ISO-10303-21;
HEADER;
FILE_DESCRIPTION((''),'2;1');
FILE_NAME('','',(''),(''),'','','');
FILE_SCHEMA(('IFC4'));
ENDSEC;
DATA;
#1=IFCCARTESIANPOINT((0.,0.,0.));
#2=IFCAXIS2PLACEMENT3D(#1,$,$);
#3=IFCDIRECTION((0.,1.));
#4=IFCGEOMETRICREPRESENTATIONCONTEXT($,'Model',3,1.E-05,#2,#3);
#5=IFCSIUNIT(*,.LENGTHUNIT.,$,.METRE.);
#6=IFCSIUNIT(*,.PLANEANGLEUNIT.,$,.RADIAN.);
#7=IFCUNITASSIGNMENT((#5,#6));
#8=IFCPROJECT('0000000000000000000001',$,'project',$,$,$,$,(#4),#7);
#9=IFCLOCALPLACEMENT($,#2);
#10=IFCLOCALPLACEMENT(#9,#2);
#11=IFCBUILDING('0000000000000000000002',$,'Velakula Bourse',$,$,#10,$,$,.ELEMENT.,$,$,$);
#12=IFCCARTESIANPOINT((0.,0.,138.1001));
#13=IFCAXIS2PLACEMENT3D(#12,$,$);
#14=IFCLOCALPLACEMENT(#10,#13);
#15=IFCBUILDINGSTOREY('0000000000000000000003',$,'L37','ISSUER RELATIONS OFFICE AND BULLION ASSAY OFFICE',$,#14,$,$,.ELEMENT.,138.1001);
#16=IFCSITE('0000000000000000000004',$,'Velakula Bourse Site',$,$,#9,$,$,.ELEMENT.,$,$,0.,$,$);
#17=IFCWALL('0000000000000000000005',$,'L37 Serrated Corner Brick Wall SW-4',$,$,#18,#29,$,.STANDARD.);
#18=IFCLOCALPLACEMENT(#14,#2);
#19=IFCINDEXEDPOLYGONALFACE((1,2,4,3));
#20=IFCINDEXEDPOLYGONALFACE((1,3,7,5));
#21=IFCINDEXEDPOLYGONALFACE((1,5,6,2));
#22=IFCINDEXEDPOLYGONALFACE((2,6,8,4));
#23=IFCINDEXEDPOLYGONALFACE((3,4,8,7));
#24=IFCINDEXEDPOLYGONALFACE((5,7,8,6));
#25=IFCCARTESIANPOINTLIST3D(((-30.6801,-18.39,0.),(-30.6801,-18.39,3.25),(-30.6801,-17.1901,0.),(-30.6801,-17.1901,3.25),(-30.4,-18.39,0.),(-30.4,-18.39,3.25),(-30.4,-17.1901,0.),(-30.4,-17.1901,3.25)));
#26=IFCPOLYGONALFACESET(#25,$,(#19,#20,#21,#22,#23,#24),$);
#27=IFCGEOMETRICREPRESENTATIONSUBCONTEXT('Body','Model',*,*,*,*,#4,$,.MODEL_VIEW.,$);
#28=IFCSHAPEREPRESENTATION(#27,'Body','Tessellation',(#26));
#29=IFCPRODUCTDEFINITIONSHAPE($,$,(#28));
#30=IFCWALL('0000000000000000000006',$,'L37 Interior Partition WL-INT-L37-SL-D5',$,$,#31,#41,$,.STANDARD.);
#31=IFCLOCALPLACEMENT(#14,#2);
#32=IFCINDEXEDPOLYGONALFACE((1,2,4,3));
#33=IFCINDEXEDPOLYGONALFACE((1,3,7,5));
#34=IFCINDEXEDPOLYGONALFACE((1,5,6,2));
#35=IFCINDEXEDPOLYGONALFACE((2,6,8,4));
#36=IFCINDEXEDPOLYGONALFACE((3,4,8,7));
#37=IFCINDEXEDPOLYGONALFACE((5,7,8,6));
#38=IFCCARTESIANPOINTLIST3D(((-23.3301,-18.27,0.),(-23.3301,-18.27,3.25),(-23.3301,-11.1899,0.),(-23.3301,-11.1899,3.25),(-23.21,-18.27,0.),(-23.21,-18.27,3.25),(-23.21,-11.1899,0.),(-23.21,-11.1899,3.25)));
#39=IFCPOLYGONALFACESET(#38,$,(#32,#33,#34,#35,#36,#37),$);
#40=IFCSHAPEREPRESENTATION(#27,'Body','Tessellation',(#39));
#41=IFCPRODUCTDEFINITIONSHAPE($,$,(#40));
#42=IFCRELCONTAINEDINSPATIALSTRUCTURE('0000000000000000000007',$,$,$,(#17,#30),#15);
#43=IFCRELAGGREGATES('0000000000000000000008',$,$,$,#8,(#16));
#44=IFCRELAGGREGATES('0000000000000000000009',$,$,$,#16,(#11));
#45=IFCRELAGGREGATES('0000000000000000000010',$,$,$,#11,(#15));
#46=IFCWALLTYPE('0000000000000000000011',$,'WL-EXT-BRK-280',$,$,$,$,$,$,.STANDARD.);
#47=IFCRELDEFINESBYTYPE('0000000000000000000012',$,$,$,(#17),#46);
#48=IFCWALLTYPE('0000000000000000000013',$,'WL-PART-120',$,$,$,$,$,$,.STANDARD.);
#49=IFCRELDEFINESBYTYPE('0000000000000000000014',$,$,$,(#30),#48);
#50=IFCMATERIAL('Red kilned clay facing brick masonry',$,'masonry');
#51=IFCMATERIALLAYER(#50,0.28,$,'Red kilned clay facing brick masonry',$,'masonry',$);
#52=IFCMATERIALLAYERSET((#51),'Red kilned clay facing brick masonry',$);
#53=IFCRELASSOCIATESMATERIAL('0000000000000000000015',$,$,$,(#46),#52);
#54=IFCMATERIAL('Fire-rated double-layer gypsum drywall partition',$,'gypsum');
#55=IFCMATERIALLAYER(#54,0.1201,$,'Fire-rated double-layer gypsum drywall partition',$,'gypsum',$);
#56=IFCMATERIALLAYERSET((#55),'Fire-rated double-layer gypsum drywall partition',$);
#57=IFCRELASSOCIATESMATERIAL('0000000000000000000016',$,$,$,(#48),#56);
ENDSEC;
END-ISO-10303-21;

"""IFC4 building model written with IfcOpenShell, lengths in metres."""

from ifc_helpers import new_model, si_unit, direction, frame, frame_2d, origin, place, context, subcontext, project, spatial, rectangle, extrude, material, layer, layer_set, type_object, element, save


model = new_model("IFC4")

# Units and contexts
model_context = context("Model", 3, precision=1e-05, world=origin(), true_north=direction((0.0, 1.0)))
body_context = subcontext(model_context, "Body", "Model", "MODEL_VIEW")
ifc_project = project(units=[si_unit("LENGTHUNIT", "METRE"), si_unit("PLANEANGLEUNIT", "RADIAN")], contexts=[model_context])

# Site, building, storey
site_placement = place(None, origin())
site = spatial("IfcSite", under=ifc_project, at=site_placement, Name="Velakula Bourse Site", CompositionType="ELEMENT", RefElevation=0.0)
building_placement = place(site_placement, origin())
building = spatial("IfcBuilding", under=site, at=building_placement, Name="Velakula Bourse", CompositionType="ELEMENT")
storey_placement = place(building_placement, frame((0.0, 0.0, 138.1001)))
storey = spatial("IfcBuildingStorey", under=building, at=storey_placement, Name="L37", Description="ISSUER RELATIONS OFFICE AND BULLION ASSAY OFFICE", CompositionType="ELEMENT", Elevation=138.1001)

# Shared definitions
ifc_material_1 = material(Name="Red kilned clay facing brick masonry", Category="masonry")
ifc_layer_1 = layer(ifc_material_1, 0.28, Name="Red kilned clay facing brick masonry", Category="masonry")
ifc_layer_set_1 = layer_set([ifc_layer_1], Name="Red kilned clay facing brick masonry")
wall_type_1 = type_object("IfcWallType", Name="WL-EXT-BRK-280", PredefinedType="STANDARD", material=ifc_layer_set_1)

# Walls
for number, where, z_axis, x_axis, name in (
    (1, (-30.54, -17.1899, 0.0), (0.0, 0.0, 1.0), (0.0, -1.0, 0.0), "L37 Serrated Corner Brick Wall SW-4"),
):
    element("IfcWall", number, at=place(storey_placement, frame(where, z_axis=z_axis, x_axis=x_axis)), inside=storey, type_object=wall_type_1, Name=name, PredefinedType="STANDARD", context=body_context, shape_type="SweptSolid", body=[
        extrude(rectangle(XDim=1.2, YDim=0.28, at=frame_2d((0.6001, 0.0))), origin(), (0.0, 0.0, 1.0), 3.25),
    ])
ifc_material_2 = material(Name="Fire-rated double-layer gypsum drywall partition", Category="gypsum")
ifc_layer_2 = layer(ifc_material_2, 0.1201, Name="Fire-rated double-layer gypsum drywall partition", Category="gypsum")
ifc_layer_set_2 = layer_set([ifc_layer_2], Name="Fire-rated double-layer gypsum drywall partition")
wall_type_2 = type_object("IfcWallType", Name="WL-PART-120", PredefinedType="STANDARD", material=ifc_layer_set_2)
wall_1_placement = place(storey_placement, frame((-23.27, -18.27, 0.0), z_axis=(0.0, 0.0, 1.0), x_axis=(0.0, 1.0, 0.0)))
element("IfcWall", 2, at=wall_1_placement, inside=storey, type_object=wall_type_2, Name="L37 Interior Partition WL-INT-L37-SL-D5", PredefinedType="STANDARD", context=body_context, shape_type="SweptSolid", body=[
    extrude(rectangle(XDim=7.0801, YDim=0.1201, at=frame_2d((3.54, 0.0))), origin(), (0.0, 0.0, 1.0), 3.25),
])

save(model, "model.ifc")
